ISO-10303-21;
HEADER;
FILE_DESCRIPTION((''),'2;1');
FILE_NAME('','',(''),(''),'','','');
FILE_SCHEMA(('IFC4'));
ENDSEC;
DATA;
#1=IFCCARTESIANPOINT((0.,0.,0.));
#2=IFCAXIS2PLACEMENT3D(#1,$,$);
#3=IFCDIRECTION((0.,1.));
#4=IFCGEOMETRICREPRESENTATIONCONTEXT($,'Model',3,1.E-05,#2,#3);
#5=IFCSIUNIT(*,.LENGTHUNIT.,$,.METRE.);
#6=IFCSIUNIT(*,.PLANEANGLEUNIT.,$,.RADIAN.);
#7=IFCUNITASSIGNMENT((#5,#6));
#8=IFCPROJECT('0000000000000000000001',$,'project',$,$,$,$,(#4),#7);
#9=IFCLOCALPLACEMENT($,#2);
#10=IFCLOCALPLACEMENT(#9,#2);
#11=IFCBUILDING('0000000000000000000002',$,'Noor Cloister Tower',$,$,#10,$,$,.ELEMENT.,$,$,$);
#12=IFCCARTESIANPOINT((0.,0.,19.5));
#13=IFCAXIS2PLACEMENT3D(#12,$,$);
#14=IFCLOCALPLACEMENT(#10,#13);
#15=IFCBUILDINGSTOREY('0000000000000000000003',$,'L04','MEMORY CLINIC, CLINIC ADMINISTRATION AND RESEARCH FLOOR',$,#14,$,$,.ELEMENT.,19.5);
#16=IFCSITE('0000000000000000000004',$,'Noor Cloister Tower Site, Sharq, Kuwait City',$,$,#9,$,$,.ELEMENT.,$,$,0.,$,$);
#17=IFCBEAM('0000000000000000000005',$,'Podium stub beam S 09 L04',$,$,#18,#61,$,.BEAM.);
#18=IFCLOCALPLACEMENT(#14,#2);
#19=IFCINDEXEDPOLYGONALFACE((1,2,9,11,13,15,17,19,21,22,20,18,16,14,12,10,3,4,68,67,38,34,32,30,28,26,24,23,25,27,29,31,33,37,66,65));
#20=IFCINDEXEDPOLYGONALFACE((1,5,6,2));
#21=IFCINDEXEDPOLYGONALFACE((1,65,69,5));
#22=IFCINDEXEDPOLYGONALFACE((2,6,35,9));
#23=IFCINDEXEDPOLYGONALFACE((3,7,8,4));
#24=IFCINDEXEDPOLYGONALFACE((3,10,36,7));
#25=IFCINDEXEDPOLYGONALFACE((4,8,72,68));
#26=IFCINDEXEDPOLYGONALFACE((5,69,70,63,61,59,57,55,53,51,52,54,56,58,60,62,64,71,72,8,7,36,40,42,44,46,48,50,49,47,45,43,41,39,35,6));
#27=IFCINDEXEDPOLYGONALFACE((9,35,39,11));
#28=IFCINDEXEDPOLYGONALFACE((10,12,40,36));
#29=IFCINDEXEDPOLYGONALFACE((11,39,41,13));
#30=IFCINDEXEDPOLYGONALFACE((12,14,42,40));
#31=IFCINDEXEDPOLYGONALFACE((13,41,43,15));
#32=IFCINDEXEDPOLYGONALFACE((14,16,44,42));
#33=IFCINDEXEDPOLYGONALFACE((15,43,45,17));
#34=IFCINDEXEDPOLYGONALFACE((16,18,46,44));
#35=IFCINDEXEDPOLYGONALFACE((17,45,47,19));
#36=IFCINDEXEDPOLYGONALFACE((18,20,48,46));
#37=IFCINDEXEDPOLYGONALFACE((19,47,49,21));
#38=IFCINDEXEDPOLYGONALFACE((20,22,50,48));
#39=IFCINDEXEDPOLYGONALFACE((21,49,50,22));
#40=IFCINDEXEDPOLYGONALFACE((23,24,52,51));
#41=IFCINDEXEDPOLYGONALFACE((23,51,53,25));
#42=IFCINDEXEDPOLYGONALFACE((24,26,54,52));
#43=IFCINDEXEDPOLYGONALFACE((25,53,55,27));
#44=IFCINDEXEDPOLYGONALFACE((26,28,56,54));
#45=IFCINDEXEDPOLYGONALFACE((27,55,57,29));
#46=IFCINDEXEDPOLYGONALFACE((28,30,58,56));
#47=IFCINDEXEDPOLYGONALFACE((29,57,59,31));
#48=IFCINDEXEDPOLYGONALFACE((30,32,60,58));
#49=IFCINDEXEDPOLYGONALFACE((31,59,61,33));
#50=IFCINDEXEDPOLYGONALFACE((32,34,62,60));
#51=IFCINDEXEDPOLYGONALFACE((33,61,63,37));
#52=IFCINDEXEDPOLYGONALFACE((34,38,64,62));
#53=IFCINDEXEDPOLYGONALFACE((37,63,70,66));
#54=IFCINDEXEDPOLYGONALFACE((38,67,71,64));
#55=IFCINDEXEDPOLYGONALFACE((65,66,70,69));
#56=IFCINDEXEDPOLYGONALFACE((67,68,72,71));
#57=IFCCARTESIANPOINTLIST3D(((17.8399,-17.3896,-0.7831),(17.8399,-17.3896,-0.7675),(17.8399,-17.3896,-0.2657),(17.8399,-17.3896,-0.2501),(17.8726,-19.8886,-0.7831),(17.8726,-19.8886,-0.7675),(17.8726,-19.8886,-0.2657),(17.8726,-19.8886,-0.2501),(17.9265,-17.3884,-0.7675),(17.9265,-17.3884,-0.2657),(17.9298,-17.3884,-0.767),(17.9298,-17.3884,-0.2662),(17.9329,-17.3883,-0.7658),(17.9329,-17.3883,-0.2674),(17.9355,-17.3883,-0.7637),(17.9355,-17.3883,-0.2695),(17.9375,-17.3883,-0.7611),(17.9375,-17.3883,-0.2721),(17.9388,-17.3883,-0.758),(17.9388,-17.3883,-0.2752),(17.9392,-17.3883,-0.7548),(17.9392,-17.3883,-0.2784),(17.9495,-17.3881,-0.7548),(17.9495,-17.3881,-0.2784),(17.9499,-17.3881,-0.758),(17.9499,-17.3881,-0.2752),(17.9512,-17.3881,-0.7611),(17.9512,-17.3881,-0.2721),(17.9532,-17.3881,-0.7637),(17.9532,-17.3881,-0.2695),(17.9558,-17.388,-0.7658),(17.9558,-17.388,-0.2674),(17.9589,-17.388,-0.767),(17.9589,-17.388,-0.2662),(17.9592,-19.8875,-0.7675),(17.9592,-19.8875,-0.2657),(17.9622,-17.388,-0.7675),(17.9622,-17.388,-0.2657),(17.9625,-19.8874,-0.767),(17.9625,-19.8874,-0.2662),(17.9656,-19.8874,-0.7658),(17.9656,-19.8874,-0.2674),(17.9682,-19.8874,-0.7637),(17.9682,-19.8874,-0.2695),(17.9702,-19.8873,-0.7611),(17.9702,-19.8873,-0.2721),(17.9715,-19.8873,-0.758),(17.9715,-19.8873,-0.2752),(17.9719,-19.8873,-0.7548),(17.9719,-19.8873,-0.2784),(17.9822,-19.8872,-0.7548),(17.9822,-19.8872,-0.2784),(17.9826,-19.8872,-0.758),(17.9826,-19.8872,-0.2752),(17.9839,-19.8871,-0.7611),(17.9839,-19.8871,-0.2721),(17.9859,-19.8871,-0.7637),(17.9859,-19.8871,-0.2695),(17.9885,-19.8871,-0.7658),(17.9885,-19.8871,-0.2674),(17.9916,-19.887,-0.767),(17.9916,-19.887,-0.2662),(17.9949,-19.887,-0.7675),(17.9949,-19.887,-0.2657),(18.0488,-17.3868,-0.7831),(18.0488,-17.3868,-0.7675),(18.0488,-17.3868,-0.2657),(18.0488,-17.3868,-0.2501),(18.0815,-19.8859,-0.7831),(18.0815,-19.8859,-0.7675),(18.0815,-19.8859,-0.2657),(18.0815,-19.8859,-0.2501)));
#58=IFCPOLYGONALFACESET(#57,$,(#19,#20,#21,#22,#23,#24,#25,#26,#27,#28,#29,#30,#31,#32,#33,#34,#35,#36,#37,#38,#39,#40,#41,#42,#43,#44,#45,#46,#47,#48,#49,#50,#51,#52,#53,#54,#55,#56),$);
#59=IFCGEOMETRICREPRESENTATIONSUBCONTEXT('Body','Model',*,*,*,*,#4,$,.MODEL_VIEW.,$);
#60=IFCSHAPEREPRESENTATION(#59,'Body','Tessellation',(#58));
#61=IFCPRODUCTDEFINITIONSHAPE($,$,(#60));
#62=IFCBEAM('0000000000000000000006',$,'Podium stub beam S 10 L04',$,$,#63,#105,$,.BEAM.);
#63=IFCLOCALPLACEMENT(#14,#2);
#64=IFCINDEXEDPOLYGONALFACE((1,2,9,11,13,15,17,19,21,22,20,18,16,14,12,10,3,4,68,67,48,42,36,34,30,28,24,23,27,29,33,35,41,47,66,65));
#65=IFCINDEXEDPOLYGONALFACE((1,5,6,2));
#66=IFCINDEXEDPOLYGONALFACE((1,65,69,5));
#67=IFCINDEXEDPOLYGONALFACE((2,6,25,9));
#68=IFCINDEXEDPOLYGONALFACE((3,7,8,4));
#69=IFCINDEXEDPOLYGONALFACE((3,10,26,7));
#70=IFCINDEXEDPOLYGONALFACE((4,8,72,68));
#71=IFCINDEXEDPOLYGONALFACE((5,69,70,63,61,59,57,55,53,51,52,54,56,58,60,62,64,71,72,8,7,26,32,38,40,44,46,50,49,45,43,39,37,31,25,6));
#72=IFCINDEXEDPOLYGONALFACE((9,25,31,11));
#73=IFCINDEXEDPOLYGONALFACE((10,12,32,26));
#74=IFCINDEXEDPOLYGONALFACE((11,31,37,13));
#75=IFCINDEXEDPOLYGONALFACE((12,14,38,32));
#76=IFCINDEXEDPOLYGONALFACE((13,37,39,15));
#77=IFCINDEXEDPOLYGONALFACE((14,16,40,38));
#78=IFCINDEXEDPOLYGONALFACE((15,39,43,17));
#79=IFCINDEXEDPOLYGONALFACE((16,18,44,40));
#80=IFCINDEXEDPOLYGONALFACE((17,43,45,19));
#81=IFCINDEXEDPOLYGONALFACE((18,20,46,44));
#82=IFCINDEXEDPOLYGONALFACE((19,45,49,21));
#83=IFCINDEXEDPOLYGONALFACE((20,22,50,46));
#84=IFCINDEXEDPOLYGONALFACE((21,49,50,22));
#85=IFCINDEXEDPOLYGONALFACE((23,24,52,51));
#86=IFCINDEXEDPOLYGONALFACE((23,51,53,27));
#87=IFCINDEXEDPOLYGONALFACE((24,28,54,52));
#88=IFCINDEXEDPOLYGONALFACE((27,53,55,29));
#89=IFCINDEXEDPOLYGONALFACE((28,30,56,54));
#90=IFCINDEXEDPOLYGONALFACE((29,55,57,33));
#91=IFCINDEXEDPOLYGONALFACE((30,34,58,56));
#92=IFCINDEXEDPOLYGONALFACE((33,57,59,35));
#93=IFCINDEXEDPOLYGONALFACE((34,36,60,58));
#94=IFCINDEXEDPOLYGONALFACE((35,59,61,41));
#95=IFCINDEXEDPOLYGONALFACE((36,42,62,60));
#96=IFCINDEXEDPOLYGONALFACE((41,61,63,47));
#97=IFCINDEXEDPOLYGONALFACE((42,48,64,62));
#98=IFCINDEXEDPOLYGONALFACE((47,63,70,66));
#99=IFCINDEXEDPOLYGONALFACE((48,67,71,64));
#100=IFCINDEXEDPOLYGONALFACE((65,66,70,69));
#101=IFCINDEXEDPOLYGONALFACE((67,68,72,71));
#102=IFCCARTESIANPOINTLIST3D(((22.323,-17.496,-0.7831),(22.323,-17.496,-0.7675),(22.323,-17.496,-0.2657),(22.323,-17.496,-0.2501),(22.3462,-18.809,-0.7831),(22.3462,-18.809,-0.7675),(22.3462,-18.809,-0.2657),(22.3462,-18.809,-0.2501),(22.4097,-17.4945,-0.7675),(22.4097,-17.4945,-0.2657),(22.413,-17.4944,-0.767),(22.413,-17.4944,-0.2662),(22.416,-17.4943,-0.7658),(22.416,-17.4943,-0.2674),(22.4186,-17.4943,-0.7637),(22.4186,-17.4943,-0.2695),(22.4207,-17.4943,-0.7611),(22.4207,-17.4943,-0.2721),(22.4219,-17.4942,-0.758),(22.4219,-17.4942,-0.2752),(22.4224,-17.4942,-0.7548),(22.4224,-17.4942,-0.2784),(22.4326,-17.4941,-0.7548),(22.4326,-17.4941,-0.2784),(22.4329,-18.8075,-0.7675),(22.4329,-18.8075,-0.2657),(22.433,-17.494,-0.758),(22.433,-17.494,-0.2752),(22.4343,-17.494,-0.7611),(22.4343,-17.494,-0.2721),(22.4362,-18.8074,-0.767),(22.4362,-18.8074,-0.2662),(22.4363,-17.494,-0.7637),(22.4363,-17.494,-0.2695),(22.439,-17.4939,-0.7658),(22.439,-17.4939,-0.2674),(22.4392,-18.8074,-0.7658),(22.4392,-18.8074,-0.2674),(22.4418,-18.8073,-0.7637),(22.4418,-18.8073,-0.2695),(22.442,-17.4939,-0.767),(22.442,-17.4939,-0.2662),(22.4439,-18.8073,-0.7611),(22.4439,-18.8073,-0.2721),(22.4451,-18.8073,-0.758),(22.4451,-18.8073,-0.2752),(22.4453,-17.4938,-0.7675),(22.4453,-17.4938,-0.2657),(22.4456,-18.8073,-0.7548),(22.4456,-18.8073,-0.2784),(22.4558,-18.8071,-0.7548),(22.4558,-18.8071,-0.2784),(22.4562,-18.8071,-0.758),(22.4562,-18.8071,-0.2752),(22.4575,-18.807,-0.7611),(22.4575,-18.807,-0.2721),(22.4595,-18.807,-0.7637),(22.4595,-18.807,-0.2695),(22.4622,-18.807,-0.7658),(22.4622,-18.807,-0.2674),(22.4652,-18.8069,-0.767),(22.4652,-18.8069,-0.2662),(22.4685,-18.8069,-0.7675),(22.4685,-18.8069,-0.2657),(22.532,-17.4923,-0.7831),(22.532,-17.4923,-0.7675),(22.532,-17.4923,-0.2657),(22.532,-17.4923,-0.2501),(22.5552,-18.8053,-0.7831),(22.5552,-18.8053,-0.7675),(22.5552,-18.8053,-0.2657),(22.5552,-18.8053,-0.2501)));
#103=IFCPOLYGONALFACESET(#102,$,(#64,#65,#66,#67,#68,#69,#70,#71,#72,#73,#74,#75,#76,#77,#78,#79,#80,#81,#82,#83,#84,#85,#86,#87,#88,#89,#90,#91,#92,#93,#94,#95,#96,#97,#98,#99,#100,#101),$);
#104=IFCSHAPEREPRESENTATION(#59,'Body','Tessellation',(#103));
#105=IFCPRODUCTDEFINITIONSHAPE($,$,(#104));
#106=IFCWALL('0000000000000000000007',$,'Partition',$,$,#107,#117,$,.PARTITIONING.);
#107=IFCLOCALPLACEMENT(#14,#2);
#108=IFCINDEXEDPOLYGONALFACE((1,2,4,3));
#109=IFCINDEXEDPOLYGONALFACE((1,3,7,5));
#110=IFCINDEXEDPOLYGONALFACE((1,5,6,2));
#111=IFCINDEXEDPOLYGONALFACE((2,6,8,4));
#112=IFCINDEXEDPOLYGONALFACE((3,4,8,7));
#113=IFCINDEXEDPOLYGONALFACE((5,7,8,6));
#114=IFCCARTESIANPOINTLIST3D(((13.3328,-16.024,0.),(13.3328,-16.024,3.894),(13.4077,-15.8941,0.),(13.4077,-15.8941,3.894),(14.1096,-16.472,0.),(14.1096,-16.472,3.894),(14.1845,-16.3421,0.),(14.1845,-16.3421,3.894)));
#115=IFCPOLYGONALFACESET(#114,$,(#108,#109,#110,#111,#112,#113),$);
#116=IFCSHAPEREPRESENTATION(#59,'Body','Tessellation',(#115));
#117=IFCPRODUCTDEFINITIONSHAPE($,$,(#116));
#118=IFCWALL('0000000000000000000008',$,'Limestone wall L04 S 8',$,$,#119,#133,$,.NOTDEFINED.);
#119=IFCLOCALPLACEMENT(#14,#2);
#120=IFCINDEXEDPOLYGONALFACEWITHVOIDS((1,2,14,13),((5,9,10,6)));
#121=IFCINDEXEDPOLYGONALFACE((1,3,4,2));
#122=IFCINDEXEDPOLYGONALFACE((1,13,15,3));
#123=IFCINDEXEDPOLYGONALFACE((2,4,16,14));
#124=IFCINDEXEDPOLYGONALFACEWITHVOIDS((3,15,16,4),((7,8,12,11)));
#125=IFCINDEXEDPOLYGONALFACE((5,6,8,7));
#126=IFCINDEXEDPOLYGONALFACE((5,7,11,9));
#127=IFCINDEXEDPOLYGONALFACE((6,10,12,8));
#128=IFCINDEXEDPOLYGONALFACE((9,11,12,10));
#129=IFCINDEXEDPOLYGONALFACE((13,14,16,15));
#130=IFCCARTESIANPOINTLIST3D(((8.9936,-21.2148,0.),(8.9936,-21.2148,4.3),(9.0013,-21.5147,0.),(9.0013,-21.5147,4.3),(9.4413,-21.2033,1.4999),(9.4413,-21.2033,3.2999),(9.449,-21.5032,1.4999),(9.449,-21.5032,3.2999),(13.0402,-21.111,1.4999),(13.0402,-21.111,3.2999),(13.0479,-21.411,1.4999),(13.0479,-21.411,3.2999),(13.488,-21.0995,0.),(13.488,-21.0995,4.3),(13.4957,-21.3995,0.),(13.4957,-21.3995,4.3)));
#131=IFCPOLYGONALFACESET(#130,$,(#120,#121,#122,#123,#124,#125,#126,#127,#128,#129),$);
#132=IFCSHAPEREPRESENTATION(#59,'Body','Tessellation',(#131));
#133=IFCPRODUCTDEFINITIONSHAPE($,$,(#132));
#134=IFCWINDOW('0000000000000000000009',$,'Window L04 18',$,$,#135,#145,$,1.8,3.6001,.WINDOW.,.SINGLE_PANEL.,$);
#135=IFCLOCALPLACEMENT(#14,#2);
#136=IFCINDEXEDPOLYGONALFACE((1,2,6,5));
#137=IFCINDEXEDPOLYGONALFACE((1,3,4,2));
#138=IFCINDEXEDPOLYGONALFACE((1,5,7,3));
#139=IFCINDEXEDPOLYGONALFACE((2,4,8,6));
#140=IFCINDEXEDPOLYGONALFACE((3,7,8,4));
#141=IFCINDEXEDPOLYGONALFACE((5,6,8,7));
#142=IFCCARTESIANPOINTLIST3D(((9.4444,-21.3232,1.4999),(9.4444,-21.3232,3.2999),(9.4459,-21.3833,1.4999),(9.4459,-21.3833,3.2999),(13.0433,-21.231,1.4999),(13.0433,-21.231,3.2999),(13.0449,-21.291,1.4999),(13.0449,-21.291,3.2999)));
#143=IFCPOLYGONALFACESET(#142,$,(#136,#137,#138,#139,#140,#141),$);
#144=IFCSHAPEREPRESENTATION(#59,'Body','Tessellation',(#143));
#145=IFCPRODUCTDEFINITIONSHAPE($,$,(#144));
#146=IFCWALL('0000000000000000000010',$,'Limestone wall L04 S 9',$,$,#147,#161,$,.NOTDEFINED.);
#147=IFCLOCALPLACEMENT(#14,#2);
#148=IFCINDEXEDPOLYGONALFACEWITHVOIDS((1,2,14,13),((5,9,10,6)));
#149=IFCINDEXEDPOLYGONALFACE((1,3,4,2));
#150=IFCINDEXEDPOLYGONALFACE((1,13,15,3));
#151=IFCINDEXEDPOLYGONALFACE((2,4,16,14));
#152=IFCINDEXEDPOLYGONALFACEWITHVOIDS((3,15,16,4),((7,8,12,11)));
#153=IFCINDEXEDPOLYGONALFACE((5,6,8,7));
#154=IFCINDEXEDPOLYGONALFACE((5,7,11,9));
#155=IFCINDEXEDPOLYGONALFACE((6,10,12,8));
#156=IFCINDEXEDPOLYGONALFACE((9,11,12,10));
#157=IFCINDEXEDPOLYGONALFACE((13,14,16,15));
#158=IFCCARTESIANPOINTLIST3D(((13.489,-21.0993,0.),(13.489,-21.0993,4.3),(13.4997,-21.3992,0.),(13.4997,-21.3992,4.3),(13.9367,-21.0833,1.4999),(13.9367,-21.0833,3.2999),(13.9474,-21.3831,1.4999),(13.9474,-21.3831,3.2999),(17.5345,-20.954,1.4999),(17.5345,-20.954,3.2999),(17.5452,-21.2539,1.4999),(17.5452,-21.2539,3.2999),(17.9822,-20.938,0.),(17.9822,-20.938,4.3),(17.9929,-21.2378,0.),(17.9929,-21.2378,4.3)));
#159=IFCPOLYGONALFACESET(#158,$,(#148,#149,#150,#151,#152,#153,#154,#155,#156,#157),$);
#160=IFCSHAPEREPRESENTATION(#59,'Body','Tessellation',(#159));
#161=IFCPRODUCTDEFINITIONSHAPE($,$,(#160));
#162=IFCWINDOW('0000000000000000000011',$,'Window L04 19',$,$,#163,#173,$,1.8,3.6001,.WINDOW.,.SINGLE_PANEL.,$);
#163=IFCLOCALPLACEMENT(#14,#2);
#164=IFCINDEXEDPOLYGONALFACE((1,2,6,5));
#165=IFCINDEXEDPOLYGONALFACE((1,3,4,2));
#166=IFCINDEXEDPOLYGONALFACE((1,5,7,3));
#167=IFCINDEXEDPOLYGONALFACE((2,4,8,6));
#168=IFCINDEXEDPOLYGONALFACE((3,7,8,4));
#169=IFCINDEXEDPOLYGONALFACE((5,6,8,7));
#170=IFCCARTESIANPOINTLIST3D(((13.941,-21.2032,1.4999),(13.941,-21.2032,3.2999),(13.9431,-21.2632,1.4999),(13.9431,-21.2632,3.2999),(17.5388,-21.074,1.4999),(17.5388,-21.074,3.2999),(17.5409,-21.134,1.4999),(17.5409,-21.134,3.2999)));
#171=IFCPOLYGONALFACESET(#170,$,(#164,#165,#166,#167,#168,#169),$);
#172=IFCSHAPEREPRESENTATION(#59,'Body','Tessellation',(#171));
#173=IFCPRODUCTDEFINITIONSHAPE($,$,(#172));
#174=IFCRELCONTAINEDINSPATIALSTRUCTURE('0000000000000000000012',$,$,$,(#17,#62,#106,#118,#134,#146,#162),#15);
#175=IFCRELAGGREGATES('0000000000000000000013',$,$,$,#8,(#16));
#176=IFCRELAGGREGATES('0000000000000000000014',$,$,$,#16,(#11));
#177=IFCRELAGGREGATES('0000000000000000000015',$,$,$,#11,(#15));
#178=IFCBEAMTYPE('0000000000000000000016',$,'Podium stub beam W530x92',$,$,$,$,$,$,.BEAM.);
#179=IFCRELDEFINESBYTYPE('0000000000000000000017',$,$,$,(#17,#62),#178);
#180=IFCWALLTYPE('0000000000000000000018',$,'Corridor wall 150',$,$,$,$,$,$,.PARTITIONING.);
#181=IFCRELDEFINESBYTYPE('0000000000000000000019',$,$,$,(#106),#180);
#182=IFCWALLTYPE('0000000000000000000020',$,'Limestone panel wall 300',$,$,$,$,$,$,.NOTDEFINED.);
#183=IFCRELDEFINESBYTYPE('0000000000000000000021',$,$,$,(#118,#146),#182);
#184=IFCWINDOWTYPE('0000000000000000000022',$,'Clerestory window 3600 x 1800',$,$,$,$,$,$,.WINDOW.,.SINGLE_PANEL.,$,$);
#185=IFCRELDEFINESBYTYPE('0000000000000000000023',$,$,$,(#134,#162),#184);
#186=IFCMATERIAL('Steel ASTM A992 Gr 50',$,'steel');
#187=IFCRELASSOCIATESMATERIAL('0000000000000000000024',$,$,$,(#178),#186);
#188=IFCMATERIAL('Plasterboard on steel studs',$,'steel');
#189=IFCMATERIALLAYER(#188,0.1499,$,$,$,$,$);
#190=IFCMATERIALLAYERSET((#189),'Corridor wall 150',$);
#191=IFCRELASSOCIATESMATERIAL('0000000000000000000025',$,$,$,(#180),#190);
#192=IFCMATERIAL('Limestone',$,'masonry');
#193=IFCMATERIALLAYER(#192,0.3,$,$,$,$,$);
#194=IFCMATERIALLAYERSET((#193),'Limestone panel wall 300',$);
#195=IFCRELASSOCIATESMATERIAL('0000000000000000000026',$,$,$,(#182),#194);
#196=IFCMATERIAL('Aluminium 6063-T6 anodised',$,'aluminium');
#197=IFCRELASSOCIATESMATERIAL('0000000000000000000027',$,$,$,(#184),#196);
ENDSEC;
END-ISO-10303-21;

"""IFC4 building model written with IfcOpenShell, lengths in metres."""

from ifc_helpers import new_model, si_unit, direction, frame, frame_2d, origin, origin_2d, place, context, subcontext, project, spatial, rectangle, i_section, extrude, material, layer, layer_set, material_profile, profile_set, type_object, element, fill, save


model = new_model("IFC4")

# Units and contexts
model_context = context("Model", 3, precision=1e-05, world=origin(), true_north=direction((0.0, 1.0)))
body_context = subcontext(model_context, "Body", "Model", "MODEL_VIEW")
ifc_project = project(units=[si_unit("LENGTHUNIT", "METRE"), si_unit("PLANEANGLEUNIT", "RADIAN")], contexts=[model_context])

# Site, building, storey
site_placement = place(None, origin())
site = spatial("IfcSite", under=ifc_project, at=site_placement, Name="Noor Cloister Tower Site, Sharq, Kuwait City", CompositionType="ELEMENT", RefElevation=0.0)
building_placement = place(site_placement, origin())
building = spatial("IfcBuilding", under=site, at=building_placement, Name="Noor Cloister Tower", CompositionType="ELEMENT")
storey_placement = place(building_placement, frame((0.0, 0.0, 19.5)))
storey = spatial("IfcBuildingStorey", under=building, at=storey_placement, Name="L04", Description="MEMORY CLINIC, CLINIC ADMINISTRATION AND RESEARCH FLOOR", CompositionType="ELEMENT", Elevation=19.5)

# Beams
ifc_material_1 = material(Name="Steel ASTM A992 Gr 50", Category="steel")
ifc_material_profile_1 = material_profile(ifc_material_1, i_section(OverallWidth=0.209, OverallDepth=0.533, WebThickness=0.0103, FlangeThickness=0.0156, FilletRadius=0.0127, at=origin_2d()), Name="W530x92")
ifc_profile_set_1 = profile_set([ifc_material_profile_1], Name="Steel ASTM A992 Gr 50")
beam_type_1 = type_object("IfcBeamType", Name="Podium stub beam W530x92", PredefinedType="BEAM", material=ifc_profile_set_1)
beam_1_placement = place(storey_placement, frame((17.9443, -17.3882, -0.5166), z_axis=(0.01309, -0.999914, 0.0), x_axis=(0.999914, 0.01309, 0.0)))
element("IfcBeam", 1, at=beam_1_placement, inside=storey, type_object=beam_type_1, Name="Podium stub beam S 09 L04", PredefinedType="BEAM", context=body_context, shape_type="SweptSolid", body=[
    extrude(i_section(OverallWidth=0.209, OverallDepth=0.533, WebThickness=0.0103, FlangeThickness=0.0156, FilletRadius=0.0127, at=origin_2d()), origin(), (0.0, 0.0, 1.0), 2.4993),
])
beam_2_placement = place(storey_placement, frame((22.4275, -17.4941, -0.5166), z_axis=(0.017662, -0.999844, 0.0), x_axis=(0.999844, 0.017662, 0.0)))
element("IfcBeam", 2, at=beam_2_placement, inside=storey, type_object=beam_type_1, Name="Podium stub beam S 10 L04", PredefinedType="BEAM", context=body_context, shape_type="SweptSolid", body=[
    extrude(i_section(OverallWidth=0.209, OverallDepth=0.533, WebThickness=0.0103, FlangeThickness=0.0156, FilletRadius=0.0127, at=origin_2d()), origin(), (0.0, 0.0, 1.0), 1.3132),
])

# Wall
ifc_material_2 = material(Name="Plasterboard on steel studs", Category="steel")
ifc_layer_1 = layer(ifc_material_2, 0.1499)
ifc_layer_set_1 = layer_set([ifc_layer_1], Name="Corridor wall 150")
wall_type_1 = type_object("IfcWallType", Name="Corridor wall 150", PredefinedType="PARTITIONING", material=ifc_layer_set_1)
wall_1_placement = place(storey_placement, frame((14.147, -16.407, 0.0), z_axis=(0.0, 0.0, 1.0), x_axis=(-0.866276, 0.499565, 0.0)))
element("IfcWall", 3, at=wall_1_placement, inside=storey, type_object=wall_type_1, Name="Partition", PredefinedType="PARTITIONING", context=body_context, shape_type="SweptSolid", body=[
    extrude(rectangle(XDim=0.8967, YDim=0.1499, at=frame_2d((0.4482, 0.0))), origin(), (0.0, 0.0, 1.0), 3.894),
])

# Walls, openings, windows
ifc_material_3 = material(Name="Limestone", Category="masonry")
ifc_layer_2 = layer(ifc_material_3, 0.3)
ifc_layer_set_2 = layer_set([ifc_layer_2], Name="Limestone panel wall 300")
wall_type_2 = type_object("IfcWallType", Name="Limestone panel wall 300", PredefinedType="NOTDEFINED", material=ifc_layer_set_2)
wall_2_placement = place(storey_placement, frame((13.4919, -21.2495, 0.0), z_axis=(0.0, 0.0, 1.0), x_axis=(-0.999671, -0.025631, 0.0)))
wall_2 = element("IfcWall", 4, at=wall_2_placement, inside=storey, type_object=wall_type_2, Name="Limestone wall L04 S 8", PredefinedType="NOTDEFINED", context=body_context, shape_type="SweptSolid", body=[
    extrude(rectangle(XDim=4.4958, YDim=0.3, at=frame_2d((2.248, 0.0))), origin(), (0.0, 0.0, 1.0), 4.3),
])
opening_1_placement = place(wall_2_placement, frame((0.448, 0.0, 1.5)))
opening_1 = element("IfcOpeningElement", 5, at=opening_1_placement, cuts=wall_2, PredefinedType="OPENING", context=body_context, shape_type="SweptSolid", body=[
    extrude(rectangle(XDim=3.6001, YDim=1.8, at=frame_2d((1.8, 0.8999))), frame((0.0, 0.1602, 0.0), z_axis=(0.0, -1.0, 0.0), x_axis=(1.0, 0.0, 0.0)), (0.0, 0.0, 1.0), 0.3201),
])
ifc_material_4 = material(Name="Aluminium 6063-T6 anodised", Category="aluminium")
window_type_1 = type_object("IfcWindowType", Name="Clerestory window 3600 x 1800", PartitioningType="SINGLE_PANEL", PredefinedType="WINDOW", material=ifc_material_4)
window_1_placement = place(opening_1_placement, origin())
window_1 = element("IfcWindow", 6, at=window_1_placement, inside=storey, type_object=window_type_1, Name="Window L04 18", OverallHeight=1.8, OverallWidth=3.6001, PartitioningType="SINGLE_PANEL", PredefinedType="WINDOW", context=body_context, shape_type="SweptSolid", body=[
    extrude(rectangle(XDim=3.6001, YDim=1.8, at=frame_2d((1.8, 0.8999))), frame((0.0, 0.03, 0.0), z_axis=(0.0, -1.0, 0.0), x_axis=(1.0, 0.0, 0.0)), (0.0, 0.0, 1.0), 0.0601),
])
fill(opening_1, window_1)
wall_3_placement = place(storey_placement, frame((17.9875, -21.0879, 0.0), z_axis=(0.0, 0.0, 1.0), x_axis=(-0.999356, -0.035893, 0.0)))
wall_3 = element("IfcWall", 7, at=wall_3_placement, inside=storey, type_object=wall_type_2, Name="Limestone wall L04 S 9", PredefinedType="NOTDEFINED", context=body_context, shape_type="SweptSolid", body=[
    extrude(rectangle(XDim=4.4961, YDim=0.3, at=frame_2d((2.248, 0.0))), origin(), (0.0, 0.0, 1.0), 4.3),
])
opening_2_placement = place(wall_3_placement, frame((0.448, 0.0, 1.5)))
opening_2 = element("IfcOpeningElement", 8, at=opening_2_placement, cuts=wall_3, PredefinedType="OPENING", context=body_context, shape_type="SweptSolid", body=[
    extrude(rectangle(XDim=3.6001, YDim=1.8, at=frame_2d((1.8, 0.8999))), frame((0.0, 0.1602, 0.0), z_axis=(0.0, -1.0, 0.0), x_axis=(1.0, 0.0, 0.0)), (0.0, 0.0, 1.0), 0.3201),
])
window_2_placement = place(opening_2_placement, origin())
window_2 = element("IfcWindow", 9, at=window_2_placement, inside=storey, type_object=window_type_1, Name="Window L04 19", OverallHeight=1.8, OverallWidth=3.6001, PartitioningType="SINGLE_PANEL", PredefinedType="WINDOW", context=body_context, shape_type="SweptSolid", body=[
    extrude(rectangle(XDim=3.6001, YDim=1.8, at=frame_2d((1.8, 0.8999))), frame((0.0, 0.03, 0.0), z_axis=(0.0, -1.0, 0.0), x_axis=(1.0, 0.0, 0.0)), (0.0, 0.0, 1.0), 0.0601),
])
fill(opening_2, window_2)

save(model, "model.ifc")
